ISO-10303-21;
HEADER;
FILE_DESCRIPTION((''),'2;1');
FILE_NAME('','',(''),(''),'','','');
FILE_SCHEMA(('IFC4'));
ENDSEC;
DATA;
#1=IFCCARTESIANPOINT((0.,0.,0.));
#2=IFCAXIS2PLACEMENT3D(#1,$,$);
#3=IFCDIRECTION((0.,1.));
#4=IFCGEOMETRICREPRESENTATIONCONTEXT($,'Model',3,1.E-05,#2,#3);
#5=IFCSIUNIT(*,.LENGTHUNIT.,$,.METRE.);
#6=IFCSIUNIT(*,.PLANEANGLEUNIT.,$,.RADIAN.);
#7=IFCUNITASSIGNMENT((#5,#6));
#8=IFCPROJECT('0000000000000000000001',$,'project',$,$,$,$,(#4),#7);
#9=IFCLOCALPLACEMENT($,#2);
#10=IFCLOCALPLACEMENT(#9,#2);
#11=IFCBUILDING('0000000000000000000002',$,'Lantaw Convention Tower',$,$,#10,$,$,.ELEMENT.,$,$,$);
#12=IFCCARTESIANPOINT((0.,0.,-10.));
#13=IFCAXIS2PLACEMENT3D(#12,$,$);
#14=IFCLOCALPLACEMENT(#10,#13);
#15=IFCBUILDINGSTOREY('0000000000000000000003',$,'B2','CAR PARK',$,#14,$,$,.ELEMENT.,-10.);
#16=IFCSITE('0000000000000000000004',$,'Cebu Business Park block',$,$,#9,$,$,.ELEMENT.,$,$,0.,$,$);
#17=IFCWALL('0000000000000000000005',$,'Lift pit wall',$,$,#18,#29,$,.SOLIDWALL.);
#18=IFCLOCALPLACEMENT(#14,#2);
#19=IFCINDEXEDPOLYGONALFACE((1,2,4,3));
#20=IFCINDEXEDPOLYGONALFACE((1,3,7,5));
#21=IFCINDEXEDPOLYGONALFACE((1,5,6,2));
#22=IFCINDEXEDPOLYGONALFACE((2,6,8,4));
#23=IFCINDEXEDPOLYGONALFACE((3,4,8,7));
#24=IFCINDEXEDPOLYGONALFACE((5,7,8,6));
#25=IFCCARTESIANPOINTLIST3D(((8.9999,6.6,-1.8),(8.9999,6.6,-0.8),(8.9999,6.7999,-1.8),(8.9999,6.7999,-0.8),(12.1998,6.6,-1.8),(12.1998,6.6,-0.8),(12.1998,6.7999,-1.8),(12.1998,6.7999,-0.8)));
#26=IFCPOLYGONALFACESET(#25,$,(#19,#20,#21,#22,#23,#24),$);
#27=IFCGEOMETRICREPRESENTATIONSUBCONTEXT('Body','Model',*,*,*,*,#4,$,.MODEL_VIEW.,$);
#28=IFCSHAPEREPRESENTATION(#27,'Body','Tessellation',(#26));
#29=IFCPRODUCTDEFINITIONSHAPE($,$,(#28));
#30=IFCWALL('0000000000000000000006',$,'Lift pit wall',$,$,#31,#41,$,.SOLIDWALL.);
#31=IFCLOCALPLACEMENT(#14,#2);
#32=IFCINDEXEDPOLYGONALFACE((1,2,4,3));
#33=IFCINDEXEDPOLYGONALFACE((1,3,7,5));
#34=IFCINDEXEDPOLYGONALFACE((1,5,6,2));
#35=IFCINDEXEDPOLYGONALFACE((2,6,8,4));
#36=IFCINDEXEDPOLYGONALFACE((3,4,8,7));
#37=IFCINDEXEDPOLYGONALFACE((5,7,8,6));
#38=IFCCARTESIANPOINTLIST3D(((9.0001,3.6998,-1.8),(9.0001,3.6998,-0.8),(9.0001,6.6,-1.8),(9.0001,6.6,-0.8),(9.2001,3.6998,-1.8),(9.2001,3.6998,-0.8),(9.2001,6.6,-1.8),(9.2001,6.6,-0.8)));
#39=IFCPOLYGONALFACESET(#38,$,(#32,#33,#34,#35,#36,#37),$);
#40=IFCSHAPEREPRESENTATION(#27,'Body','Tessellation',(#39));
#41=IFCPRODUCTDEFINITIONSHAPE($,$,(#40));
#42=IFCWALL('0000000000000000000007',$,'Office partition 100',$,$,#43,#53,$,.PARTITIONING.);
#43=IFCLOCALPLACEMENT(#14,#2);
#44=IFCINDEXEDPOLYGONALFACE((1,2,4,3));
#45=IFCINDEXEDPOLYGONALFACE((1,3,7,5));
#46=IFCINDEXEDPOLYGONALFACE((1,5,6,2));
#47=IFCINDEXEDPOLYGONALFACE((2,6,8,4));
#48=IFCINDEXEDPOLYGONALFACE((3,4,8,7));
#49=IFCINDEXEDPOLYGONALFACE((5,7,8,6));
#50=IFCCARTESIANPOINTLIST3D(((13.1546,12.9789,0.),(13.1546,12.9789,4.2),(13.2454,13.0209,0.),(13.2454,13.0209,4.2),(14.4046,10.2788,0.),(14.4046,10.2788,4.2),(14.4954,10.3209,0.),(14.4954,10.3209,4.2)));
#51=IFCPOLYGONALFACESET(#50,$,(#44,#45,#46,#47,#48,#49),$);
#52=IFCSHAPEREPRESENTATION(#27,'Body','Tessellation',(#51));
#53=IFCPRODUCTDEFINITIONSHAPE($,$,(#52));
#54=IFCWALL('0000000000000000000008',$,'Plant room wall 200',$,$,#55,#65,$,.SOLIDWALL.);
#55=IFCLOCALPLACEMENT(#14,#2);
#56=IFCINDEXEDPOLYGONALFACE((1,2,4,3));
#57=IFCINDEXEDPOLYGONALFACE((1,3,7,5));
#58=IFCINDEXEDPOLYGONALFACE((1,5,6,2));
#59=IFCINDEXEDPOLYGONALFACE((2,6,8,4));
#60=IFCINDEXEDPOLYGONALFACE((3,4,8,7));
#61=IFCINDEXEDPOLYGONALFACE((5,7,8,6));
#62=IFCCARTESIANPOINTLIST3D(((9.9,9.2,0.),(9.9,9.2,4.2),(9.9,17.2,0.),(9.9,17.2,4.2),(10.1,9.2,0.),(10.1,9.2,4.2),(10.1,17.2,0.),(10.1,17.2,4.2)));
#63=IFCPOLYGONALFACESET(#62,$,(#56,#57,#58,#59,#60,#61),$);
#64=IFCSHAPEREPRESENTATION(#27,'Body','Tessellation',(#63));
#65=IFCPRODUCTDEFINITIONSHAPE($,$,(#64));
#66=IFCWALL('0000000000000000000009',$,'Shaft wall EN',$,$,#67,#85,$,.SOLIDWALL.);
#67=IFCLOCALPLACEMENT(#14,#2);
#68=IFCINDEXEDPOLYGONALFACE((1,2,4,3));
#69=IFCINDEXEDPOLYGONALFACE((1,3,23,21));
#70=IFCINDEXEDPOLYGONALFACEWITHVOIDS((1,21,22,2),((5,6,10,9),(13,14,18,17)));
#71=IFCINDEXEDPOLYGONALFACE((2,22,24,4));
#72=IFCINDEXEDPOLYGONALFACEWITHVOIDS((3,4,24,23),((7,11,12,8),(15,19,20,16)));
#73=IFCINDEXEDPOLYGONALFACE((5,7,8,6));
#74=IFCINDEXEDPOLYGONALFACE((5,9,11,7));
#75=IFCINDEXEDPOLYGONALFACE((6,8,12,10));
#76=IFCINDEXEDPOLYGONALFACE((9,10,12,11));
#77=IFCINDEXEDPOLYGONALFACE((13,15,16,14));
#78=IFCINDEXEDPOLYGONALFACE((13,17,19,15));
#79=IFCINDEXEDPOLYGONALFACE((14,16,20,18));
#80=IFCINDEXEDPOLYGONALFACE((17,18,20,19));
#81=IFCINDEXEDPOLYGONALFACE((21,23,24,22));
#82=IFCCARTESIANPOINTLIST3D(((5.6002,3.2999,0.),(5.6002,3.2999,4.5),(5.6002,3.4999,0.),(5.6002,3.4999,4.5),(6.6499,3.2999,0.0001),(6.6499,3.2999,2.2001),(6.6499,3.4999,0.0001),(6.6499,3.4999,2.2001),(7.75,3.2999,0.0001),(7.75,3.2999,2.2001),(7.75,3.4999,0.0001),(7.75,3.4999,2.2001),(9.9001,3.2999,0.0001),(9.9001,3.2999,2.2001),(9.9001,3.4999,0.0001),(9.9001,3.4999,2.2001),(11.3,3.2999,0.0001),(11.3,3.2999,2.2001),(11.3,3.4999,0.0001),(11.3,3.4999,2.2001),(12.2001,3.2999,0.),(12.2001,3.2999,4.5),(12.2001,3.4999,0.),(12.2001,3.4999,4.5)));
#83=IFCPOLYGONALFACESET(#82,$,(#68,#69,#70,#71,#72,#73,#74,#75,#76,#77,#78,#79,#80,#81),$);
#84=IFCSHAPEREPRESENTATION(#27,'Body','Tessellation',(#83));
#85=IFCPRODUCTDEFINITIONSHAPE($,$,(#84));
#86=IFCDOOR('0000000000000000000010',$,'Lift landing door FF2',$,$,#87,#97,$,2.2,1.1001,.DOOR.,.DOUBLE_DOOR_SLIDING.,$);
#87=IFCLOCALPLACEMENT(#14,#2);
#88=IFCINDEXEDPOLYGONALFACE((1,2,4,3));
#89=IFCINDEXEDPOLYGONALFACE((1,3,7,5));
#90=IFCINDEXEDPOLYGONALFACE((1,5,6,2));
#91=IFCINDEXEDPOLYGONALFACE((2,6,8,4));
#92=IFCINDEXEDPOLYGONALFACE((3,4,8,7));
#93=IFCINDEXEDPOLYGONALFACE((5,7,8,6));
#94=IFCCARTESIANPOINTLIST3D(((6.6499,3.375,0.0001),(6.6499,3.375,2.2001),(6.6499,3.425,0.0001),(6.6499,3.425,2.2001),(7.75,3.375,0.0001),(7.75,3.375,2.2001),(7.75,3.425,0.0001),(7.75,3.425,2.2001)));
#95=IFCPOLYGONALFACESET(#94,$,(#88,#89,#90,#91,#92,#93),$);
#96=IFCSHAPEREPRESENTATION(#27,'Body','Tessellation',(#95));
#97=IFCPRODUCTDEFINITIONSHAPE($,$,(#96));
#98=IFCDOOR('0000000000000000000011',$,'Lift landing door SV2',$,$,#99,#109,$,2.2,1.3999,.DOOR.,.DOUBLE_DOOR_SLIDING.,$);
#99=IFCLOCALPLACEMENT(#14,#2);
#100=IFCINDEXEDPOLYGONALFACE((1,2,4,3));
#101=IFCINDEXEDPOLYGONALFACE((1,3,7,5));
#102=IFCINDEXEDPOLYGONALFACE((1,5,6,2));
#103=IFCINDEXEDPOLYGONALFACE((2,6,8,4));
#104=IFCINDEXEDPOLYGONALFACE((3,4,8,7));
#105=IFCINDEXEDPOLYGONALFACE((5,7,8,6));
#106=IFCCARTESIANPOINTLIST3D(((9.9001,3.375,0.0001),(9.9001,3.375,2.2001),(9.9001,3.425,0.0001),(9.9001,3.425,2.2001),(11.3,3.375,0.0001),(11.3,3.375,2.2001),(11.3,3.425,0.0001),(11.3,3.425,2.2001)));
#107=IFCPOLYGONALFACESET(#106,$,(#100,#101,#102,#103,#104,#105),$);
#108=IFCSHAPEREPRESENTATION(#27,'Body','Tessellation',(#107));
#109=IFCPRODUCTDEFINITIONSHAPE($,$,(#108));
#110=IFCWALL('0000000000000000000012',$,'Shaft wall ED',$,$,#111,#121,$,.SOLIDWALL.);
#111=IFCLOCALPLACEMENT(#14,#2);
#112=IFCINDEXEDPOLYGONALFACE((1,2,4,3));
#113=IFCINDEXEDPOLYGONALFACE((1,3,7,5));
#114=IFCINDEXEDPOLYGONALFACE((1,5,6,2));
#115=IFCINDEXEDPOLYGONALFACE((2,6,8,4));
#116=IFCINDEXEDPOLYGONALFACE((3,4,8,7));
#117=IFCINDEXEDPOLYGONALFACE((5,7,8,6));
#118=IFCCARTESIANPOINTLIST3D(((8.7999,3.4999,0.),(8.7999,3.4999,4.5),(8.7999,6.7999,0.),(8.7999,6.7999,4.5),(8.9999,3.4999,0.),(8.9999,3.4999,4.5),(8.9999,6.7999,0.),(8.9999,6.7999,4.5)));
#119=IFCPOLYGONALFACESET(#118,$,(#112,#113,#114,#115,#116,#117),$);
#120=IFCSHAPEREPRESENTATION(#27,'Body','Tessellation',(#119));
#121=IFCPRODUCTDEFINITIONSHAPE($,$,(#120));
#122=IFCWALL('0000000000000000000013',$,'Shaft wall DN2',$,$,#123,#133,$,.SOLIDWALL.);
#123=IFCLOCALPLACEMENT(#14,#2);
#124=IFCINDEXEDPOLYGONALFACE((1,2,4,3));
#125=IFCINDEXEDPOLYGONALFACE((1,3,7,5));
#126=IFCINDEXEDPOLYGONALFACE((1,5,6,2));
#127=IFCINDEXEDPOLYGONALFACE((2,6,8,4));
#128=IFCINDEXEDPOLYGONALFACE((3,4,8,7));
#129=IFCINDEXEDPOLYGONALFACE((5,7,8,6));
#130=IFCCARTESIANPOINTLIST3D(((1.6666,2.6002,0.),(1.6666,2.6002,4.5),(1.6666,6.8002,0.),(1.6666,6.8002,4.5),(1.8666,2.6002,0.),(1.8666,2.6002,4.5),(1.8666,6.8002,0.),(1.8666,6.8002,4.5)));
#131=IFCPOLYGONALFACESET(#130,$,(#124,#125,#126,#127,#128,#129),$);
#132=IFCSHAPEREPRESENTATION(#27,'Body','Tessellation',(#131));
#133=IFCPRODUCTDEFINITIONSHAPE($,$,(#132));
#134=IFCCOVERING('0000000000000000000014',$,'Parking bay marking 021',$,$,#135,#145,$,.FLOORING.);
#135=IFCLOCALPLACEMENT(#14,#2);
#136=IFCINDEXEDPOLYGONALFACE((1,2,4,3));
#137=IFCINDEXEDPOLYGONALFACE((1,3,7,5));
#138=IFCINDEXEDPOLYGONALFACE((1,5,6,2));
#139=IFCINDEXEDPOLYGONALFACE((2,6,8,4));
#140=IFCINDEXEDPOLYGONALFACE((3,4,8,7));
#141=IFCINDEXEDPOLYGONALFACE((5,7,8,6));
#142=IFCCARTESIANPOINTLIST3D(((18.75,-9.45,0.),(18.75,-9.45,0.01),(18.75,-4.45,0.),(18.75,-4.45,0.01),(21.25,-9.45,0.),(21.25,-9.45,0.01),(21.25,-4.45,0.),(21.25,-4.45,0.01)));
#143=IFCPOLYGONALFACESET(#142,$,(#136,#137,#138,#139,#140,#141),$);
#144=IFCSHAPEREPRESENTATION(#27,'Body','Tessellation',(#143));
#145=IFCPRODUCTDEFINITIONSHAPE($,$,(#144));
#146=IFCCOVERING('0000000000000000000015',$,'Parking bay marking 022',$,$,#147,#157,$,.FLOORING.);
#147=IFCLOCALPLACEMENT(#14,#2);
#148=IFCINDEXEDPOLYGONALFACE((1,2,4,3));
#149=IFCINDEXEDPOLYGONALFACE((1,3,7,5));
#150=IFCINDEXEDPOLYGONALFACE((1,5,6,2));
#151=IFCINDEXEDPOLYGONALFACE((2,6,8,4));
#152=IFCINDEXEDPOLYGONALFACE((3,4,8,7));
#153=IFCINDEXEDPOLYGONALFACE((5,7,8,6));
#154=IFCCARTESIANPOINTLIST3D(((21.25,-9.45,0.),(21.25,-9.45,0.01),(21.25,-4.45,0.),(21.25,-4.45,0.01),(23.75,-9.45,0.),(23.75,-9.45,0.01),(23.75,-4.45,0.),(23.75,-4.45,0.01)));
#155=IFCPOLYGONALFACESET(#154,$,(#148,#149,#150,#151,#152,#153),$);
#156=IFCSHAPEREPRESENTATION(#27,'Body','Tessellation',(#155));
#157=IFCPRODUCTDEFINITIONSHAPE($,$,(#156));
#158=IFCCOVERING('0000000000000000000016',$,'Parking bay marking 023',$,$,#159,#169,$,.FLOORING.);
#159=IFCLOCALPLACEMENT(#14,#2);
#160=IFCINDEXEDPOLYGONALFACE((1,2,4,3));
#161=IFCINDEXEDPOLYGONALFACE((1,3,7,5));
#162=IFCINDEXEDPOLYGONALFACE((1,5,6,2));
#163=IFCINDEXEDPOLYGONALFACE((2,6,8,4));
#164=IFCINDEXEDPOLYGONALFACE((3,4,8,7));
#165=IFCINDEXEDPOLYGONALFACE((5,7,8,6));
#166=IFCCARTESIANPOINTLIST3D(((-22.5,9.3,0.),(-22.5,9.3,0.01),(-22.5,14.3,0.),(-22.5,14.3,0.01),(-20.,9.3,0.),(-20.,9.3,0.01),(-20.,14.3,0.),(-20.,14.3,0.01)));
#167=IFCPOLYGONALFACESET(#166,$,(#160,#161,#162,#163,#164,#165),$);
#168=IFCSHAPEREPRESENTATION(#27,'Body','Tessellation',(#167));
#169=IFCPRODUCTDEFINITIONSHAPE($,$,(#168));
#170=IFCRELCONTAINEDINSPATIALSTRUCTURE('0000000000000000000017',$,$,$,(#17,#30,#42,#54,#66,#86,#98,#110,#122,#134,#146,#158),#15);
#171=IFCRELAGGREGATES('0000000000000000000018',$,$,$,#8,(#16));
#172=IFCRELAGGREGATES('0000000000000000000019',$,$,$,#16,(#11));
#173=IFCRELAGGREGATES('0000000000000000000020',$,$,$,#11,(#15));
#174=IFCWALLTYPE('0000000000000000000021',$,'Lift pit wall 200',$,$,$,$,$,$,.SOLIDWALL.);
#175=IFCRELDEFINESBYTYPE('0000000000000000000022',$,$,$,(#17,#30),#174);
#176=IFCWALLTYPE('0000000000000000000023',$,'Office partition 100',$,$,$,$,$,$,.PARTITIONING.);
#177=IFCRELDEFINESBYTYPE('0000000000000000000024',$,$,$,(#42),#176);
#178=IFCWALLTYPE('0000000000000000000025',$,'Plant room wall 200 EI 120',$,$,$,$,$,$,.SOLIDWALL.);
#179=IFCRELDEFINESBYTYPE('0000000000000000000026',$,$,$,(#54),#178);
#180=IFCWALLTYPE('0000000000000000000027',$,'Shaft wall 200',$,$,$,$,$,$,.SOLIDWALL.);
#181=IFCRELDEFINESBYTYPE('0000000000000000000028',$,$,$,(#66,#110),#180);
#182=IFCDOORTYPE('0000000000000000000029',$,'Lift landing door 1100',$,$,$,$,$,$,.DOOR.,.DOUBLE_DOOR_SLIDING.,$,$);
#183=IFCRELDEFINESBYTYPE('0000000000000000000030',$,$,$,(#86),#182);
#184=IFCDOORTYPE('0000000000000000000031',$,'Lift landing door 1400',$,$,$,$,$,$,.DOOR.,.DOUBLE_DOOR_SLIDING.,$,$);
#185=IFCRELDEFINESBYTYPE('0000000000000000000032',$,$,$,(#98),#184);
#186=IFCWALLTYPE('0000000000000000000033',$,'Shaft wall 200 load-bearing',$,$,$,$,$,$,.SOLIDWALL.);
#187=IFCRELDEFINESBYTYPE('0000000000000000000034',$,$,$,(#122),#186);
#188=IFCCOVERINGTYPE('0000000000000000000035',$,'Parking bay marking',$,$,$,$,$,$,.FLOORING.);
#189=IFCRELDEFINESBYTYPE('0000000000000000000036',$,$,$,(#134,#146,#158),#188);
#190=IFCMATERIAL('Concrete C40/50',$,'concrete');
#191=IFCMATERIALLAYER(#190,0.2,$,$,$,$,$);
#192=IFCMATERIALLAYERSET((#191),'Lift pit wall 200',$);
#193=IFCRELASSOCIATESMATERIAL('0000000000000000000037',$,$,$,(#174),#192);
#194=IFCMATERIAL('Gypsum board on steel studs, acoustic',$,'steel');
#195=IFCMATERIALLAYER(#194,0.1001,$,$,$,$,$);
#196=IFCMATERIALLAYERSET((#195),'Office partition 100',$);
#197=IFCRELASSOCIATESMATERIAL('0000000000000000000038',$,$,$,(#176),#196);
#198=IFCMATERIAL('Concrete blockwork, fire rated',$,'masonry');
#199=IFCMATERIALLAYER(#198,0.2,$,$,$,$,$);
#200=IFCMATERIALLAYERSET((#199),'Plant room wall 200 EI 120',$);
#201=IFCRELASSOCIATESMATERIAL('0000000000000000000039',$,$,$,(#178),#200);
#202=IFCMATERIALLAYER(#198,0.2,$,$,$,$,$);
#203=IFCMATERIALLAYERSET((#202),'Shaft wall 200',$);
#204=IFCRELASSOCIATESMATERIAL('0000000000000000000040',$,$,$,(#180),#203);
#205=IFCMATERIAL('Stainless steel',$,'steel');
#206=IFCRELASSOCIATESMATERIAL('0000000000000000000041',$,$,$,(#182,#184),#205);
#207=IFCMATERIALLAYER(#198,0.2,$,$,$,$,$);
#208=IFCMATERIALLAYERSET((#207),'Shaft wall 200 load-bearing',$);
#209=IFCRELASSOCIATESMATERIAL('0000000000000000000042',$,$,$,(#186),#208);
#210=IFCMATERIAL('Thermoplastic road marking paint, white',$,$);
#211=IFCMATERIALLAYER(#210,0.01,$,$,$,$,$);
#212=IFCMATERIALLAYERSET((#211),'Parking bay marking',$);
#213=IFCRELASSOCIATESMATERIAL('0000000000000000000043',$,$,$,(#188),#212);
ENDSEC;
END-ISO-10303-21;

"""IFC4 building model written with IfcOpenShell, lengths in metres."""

from ifc_helpers import new_model, si_unit, direction, frame, frame_2d, origin, place, context, subcontext, project, spatial, polyline, rectangle, outline, extrude, material, layer, layer_set, type_object, element, fill, save


model = new_model("IFC4")

# Units and contexts
model_context = context("Model", 3, precision=1e-05, world=origin(), true_north=direction((0.0, 1.0)))
body_context = subcontext(model_context, "Body", "Model", "MODEL_VIEW")
ifc_project = project(units=[si_unit("LENGTHUNIT", "METRE"), si_unit("PLANEANGLEUNIT", "RADIAN")], contexts=[model_context])

# Site, building, storey
site_placement = place(None, origin())
site = spatial("IfcSite", under=ifc_project, at=site_placement, Name="Cebu Business Park block", CompositionType="ELEMENT", RefElevation=0.0)
building_placement = place(site_placement, origin())
building = spatial("IfcBuilding", under=site, at=building_placement, Name="Lantaw Convention Tower", CompositionType="ELEMENT")
storey_placement = place(building_placement, frame((0.0, 0.0, -10.0)))
storey = spatial("IfcBuildingStorey", under=building, at=storey_placement, Name="B2", Description="CAR PARK", CompositionType="ELEMENT", Elevation=-10.0)

# Walls
ifc_material_1 = material(Name="Concrete C40/50", Category="concrete")
ifc_layer_1 = layer(ifc_material_1, 0.2)
ifc_layer_set_1 = layer_set([ifc_layer_1], Name="Lift pit wall 200")
wall_type_1 = type_object("IfcWallType", Name="Lift pit wall 200", PredefinedType="SOLIDWALL", material=ifc_layer_set_1)
wall_1_placement = place(storey_placement, frame((12.2, 6.7, -1.8), z_axis=(0.0, 0.0, 1.0), x_axis=(-1.0, 0.0, 0.0)))
element("IfcWall", 1, at=wall_1_placement, inside=storey, type_object=wall_type_1, Name="Lift pit wall", PredefinedType="SOLIDWALL", context=body_context, shape_type="SweptSolid", body=[
    extrude(rectangle(XDim=3.2, YDim=0.2, at=frame_2d((1.6001, 0.0))), origin(), (0.0, 0.0, 1.0), 1.0),
])
wall_2_placement = place(storey_placement, frame((9.1001, 6.6001, -1.8), z_axis=(0.0, 0.0, 1.0), x_axis=(0.0, -1.0, 0.0)))
element("IfcWall", 2, at=wall_2_placement, inside=storey, type_object=wall_type_1, Name="Lift pit wall", PredefinedType="SOLIDWALL", context=body_context, shape_type="SweptSolid", body=[
    extrude(rectangle(XDim=2.9001, YDim=0.2, at=frame_2d((1.4502, 0.0))), origin(), (0.0, 0.0, 1.0), 1.0),
])
ifc_material_2 = material(Name="Gypsum board on steel studs, acoustic", Category="steel")
ifc_layer_2 = layer(ifc_material_2, 0.1001)
ifc_layer_set_2 = layer_set([ifc_layer_2], Name="Office partition 100")
wall_type_2 = type_object("IfcWallType", Name="Office partition 100", PredefinedType="PARTITIONING", material=ifc_layer_set_2)
wall_3_placement = place(storey_placement, frame((13.2, 13.0, 0.0), z_axis=(0.0, 0.0, 1.0), x_axis=(0.42013, -0.907464, 0.0)))
element("IfcWall", 3, at=wall_3_placement, inside=storey, type_object=wall_type_2, Name="Office partition 100", PredefinedType="PARTITIONING", context=body_context, shape_type="SweptSolid", body=[
    extrude(rectangle(XDim=2.9753, YDim=0.1001, at=frame_2d((1.4878, 0.0))), origin(), (0.0, 0.0, 1.0), 4.2),
])
ifc_material_3 = material(Name="Concrete blockwork, fire rated", Category="masonry")
ifc_layer_3 = layer(ifc_material_3, 0.2)
ifc_layer_set_3 = layer_set([ifc_layer_3], Name="Plant room wall 200 EI 120")
wall_type_3 = type_object("IfcWallType", Name="Plant room wall 200 EI 120", PredefinedType="SOLIDWALL", material=ifc_layer_set_3)
wall_4_placement = place(storey_placement, frame((10.0, 9.2, 0.0), z_axis=(0.0, 0.0, 1.0), x_axis=(0.0, 1.0, 0.0)))
element("IfcWall", 4, at=wall_4_placement, inside=storey, type_object=wall_type_3, Name="Plant room wall 200", PredefinedType="SOLIDWALL", context=body_context, shape_type="SweptSolid", body=[
    extrude(rectangle(XDim=8.0, YDim=0.2, at=frame_2d((4.0, 0.0))), origin(), (0.0, 0.0, 1.0), 4.2),
])

# Wall, openings, doors
ifc_layer_4 = layer(ifc_material_3, 0.2)
ifc_layer_set_4 = layer_set([ifc_layer_4], Name="Shaft wall 200")
wall_type_4 = type_object("IfcWallType", Name="Shaft wall 200", PredefinedType="SOLIDWALL", material=ifc_layer_set_4)
wall_5_placement = place(storey_placement, frame((12.2, 3.3999, 0.0), z_axis=(0.0, 0.0, 1.0), x_axis=(-1.0, 0.0, 0.0)))
wall_5 = element("IfcWall", 5, at=wall_5_placement, inside=storey, type_object=wall_type_4, Name="Shaft wall EN", PredefinedType="SOLIDWALL", context=body_context, shape_type="SweptSolid", body=[
    extrude(rectangle(XDim=6.5999, YDim=0.2, at=frame_2d((3.2998, 0.0))), origin(), (0.0, 0.0, 1.0), 4.5),
])
opening_1_placement = place(wall_5_placement, frame((4.45, 0.0, 0.0)))
opening_1 = element("IfcOpeningElement", 6, at=opening_1_placement, cuts=wall_5, PredefinedType="OPENING", context=body_context, shape_type="SweptSolid", body=[
    extrude(rectangle(XDim=1.1001, YDim=2.2, at=frame_2d((0.55, 1.1001))), frame((0.0, 0.1099, 0.0), z_axis=(0.0, -1.0, 0.0), x_axis=(1.0, 0.0, 0.0)), (0.0, 0.0, 1.0), 0.22),
])
opening_2_placement = place(wall_5_placement, frame((0.8999, 0.0, 0.0)))
opening_2 = element("IfcOpeningElement", 7, at=opening_2_placement, cuts=wall_5, PredefinedType="OPENING", context=body_context, shape_type="SweptSolid", body=[
    extrude(rectangle(XDim=1.3999, YDim=2.2, at=frame_2d((0.7, 1.1001))), frame((0.0, 0.1099, 0.0), z_axis=(0.0, -1.0, 0.0), x_axis=(1.0, 0.0, 0.0)), (0.0, 0.0, 1.0), 0.22),
])
ifc_material_4 = material(Name="Stainless steel", Category="steel")
door_type_1 = type_object("IfcDoorType", Name="Lift landing door 1100", OperationType="DOUBLE_DOOR_SLIDING", PredefinedType="DOOR", material=ifc_material_4)
door_1_placement = place(opening_1_placement, origin())
door_1 = element("IfcDoor", 8, at=door_1_placement, inside=storey, type_object=door_type_1, Name="Lift landing door FF2", OperationType="DOUBLE_DOOR_SLIDING", OverallHeight=2.2, OverallWidth=1.1001, PredefinedType="DOOR", context=body_context, shape_type="SweptSolid", body=[
    extrude(rectangle(XDim=1.1001, YDim=2.2, at=frame_2d((0.55, 1.1001))), frame((0.0, 0.0249, 0.0), z_axis=(0.0, -1.0, 0.0), x_axis=(1.0, 0.0, 0.0)), (0.0, 0.0, 1.0), 0.05),
])
fill(opening_1, door_1)
door_type_2 = type_object("IfcDoorType", Name="Lift landing door 1400", OperationType="DOUBLE_DOOR_SLIDING", PredefinedType="DOOR", material=ifc_material_4)
door_2_placement = place(opening_2_placement, origin())
door_2 = element("IfcDoor", 9, at=door_2_placement, inside=storey, type_object=door_type_2, Name="Lift landing door SV2", OperationType="DOUBLE_DOOR_SLIDING", OverallHeight=2.2, OverallWidth=1.3999, PredefinedType="DOOR", context=body_context, shape_type="SweptSolid", body=[
    extrude(rectangle(XDim=1.3999, YDim=2.2, at=frame_2d((0.7, 1.1001))), frame((0.0, 0.0249, 0.0), z_axis=(0.0, -1.0, 0.0), x_axis=(1.0, 0.0, 0.0)), (0.0, 0.0, 1.0), 0.05),
])
fill(opening_2, door_2)

# Walls
wall_6_placement = place(storey_placement, frame((8.8999, 3.5, 0.0), z_axis=(0.0, 0.0, 1.0), x_axis=(0.0, 1.0, 0.0)))
element("IfcWall", 10, at=wall_6_placement, inside=storey, type_object=wall_type_4, Name="Shaft wall ED", PredefinedType="SOLIDWALL", context=body_context, shape_type="SweptSolid", body=[
    extrude(rectangle(XDim=3.3, YDim=0.2, at=frame_2d((1.6499, 0.0))), origin(), (0.0, 0.0, 1.0), 4.5),
])
ifc_layer_5 = layer(ifc_material_3, 0.2)
ifc_layer_set_5 = layer_set([ifc_layer_5], Name="Shaft wall 200 load-bearing")
wall_type_5 = type_object("IfcWallType", Name="Shaft wall 200 load-bearing", PredefinedType="SOLIDWALL", material=ifc_layer_set_5)
wall_7_placement = place(storey_placement, frame((1.7666, 2.6001, 0.0), z_axis=(0.0, 0.0, 1.0), x_axis=(0.0, 1.0, 0.0)))
element("IfcWall", 11, at=wall_7_placement, inside=storey, type_object=wall_type_5, Name="Shaft wall DN2", PredefinedType="SOLIDWALL", context=body_context, shape_type="SweptSolid", body=[
    extrude(rectangle(XDim=4.2, YDim=0.2, at=frame_2d((2.1001, 0.0))), origin(), (0.0, 0.0, 1.0), 4.5),
])

# Coverings
ifc_material_5 = material(Name="Thermoplastic road marking paint, white")
ifc_layer_6 = layer(ifc_material_5, 0.01)
ifc_layer_set_6 = layer_set([ifc_layer_6], Name="Parking bay marking")
covering_type = type_object("IfcCoveringType", Name="Parking bay marking", PredefinedType="FLOORING", material=ifc_layer_set_6)
covering_1_placement = place(storey_placement, origin())
element("IfcCovering", 12, at=covering_1_placement, inside=storey, type_object=covering_type, Name="Parking bay marking 021", PredefinedType="FLOORING", context=body_context, shape_type="SweptSolid", body=[
    extrude(outline(polyline([(18.75, -9.45), (21.25, -9.45), (21.25, -4.45), (18.75, -4.45), (18.75, -9.45)])), origin(), (0.0, 0.0, 1.0), 0.01),
])
covering_2_placement = place(storey_placement, origin())
element("IfcCovering", 13, at=covering_2_placement, inside=storey, type_object=covering_type, Name="Parking bay marking 022", PredefinedType="FLOORING", context=body_context, shape_type="SweptSolid", body=[
    extrude(outline(polyline([(21.25, -9.45), (23.75, -9.45), (23.75, -4.45), (21.25, -4.45), (21.25, -9.45)])), origin(), (0.0, 0.0, 1.0), 0.01),
])
covering_3_placement = place(storey_placement, origin())
element("IfcCovering", 14, at=covering_3_placement, inside=storey, type_object=covering_type, Name="Parking bay marking 023", PredefinedType="FLOORING", context=body_context, shape_type="SweptSolid", body=[
    extrude(outline(polyline([(-22.5, 9.3), (-20.0, 9.3), (-20.0, 14.3), (-22.5, 14.3), (-22.5, 9.3)])), origin(), (0.0, 0.0, 1.0), 0.01),
])

save(model, "model.ifc")
